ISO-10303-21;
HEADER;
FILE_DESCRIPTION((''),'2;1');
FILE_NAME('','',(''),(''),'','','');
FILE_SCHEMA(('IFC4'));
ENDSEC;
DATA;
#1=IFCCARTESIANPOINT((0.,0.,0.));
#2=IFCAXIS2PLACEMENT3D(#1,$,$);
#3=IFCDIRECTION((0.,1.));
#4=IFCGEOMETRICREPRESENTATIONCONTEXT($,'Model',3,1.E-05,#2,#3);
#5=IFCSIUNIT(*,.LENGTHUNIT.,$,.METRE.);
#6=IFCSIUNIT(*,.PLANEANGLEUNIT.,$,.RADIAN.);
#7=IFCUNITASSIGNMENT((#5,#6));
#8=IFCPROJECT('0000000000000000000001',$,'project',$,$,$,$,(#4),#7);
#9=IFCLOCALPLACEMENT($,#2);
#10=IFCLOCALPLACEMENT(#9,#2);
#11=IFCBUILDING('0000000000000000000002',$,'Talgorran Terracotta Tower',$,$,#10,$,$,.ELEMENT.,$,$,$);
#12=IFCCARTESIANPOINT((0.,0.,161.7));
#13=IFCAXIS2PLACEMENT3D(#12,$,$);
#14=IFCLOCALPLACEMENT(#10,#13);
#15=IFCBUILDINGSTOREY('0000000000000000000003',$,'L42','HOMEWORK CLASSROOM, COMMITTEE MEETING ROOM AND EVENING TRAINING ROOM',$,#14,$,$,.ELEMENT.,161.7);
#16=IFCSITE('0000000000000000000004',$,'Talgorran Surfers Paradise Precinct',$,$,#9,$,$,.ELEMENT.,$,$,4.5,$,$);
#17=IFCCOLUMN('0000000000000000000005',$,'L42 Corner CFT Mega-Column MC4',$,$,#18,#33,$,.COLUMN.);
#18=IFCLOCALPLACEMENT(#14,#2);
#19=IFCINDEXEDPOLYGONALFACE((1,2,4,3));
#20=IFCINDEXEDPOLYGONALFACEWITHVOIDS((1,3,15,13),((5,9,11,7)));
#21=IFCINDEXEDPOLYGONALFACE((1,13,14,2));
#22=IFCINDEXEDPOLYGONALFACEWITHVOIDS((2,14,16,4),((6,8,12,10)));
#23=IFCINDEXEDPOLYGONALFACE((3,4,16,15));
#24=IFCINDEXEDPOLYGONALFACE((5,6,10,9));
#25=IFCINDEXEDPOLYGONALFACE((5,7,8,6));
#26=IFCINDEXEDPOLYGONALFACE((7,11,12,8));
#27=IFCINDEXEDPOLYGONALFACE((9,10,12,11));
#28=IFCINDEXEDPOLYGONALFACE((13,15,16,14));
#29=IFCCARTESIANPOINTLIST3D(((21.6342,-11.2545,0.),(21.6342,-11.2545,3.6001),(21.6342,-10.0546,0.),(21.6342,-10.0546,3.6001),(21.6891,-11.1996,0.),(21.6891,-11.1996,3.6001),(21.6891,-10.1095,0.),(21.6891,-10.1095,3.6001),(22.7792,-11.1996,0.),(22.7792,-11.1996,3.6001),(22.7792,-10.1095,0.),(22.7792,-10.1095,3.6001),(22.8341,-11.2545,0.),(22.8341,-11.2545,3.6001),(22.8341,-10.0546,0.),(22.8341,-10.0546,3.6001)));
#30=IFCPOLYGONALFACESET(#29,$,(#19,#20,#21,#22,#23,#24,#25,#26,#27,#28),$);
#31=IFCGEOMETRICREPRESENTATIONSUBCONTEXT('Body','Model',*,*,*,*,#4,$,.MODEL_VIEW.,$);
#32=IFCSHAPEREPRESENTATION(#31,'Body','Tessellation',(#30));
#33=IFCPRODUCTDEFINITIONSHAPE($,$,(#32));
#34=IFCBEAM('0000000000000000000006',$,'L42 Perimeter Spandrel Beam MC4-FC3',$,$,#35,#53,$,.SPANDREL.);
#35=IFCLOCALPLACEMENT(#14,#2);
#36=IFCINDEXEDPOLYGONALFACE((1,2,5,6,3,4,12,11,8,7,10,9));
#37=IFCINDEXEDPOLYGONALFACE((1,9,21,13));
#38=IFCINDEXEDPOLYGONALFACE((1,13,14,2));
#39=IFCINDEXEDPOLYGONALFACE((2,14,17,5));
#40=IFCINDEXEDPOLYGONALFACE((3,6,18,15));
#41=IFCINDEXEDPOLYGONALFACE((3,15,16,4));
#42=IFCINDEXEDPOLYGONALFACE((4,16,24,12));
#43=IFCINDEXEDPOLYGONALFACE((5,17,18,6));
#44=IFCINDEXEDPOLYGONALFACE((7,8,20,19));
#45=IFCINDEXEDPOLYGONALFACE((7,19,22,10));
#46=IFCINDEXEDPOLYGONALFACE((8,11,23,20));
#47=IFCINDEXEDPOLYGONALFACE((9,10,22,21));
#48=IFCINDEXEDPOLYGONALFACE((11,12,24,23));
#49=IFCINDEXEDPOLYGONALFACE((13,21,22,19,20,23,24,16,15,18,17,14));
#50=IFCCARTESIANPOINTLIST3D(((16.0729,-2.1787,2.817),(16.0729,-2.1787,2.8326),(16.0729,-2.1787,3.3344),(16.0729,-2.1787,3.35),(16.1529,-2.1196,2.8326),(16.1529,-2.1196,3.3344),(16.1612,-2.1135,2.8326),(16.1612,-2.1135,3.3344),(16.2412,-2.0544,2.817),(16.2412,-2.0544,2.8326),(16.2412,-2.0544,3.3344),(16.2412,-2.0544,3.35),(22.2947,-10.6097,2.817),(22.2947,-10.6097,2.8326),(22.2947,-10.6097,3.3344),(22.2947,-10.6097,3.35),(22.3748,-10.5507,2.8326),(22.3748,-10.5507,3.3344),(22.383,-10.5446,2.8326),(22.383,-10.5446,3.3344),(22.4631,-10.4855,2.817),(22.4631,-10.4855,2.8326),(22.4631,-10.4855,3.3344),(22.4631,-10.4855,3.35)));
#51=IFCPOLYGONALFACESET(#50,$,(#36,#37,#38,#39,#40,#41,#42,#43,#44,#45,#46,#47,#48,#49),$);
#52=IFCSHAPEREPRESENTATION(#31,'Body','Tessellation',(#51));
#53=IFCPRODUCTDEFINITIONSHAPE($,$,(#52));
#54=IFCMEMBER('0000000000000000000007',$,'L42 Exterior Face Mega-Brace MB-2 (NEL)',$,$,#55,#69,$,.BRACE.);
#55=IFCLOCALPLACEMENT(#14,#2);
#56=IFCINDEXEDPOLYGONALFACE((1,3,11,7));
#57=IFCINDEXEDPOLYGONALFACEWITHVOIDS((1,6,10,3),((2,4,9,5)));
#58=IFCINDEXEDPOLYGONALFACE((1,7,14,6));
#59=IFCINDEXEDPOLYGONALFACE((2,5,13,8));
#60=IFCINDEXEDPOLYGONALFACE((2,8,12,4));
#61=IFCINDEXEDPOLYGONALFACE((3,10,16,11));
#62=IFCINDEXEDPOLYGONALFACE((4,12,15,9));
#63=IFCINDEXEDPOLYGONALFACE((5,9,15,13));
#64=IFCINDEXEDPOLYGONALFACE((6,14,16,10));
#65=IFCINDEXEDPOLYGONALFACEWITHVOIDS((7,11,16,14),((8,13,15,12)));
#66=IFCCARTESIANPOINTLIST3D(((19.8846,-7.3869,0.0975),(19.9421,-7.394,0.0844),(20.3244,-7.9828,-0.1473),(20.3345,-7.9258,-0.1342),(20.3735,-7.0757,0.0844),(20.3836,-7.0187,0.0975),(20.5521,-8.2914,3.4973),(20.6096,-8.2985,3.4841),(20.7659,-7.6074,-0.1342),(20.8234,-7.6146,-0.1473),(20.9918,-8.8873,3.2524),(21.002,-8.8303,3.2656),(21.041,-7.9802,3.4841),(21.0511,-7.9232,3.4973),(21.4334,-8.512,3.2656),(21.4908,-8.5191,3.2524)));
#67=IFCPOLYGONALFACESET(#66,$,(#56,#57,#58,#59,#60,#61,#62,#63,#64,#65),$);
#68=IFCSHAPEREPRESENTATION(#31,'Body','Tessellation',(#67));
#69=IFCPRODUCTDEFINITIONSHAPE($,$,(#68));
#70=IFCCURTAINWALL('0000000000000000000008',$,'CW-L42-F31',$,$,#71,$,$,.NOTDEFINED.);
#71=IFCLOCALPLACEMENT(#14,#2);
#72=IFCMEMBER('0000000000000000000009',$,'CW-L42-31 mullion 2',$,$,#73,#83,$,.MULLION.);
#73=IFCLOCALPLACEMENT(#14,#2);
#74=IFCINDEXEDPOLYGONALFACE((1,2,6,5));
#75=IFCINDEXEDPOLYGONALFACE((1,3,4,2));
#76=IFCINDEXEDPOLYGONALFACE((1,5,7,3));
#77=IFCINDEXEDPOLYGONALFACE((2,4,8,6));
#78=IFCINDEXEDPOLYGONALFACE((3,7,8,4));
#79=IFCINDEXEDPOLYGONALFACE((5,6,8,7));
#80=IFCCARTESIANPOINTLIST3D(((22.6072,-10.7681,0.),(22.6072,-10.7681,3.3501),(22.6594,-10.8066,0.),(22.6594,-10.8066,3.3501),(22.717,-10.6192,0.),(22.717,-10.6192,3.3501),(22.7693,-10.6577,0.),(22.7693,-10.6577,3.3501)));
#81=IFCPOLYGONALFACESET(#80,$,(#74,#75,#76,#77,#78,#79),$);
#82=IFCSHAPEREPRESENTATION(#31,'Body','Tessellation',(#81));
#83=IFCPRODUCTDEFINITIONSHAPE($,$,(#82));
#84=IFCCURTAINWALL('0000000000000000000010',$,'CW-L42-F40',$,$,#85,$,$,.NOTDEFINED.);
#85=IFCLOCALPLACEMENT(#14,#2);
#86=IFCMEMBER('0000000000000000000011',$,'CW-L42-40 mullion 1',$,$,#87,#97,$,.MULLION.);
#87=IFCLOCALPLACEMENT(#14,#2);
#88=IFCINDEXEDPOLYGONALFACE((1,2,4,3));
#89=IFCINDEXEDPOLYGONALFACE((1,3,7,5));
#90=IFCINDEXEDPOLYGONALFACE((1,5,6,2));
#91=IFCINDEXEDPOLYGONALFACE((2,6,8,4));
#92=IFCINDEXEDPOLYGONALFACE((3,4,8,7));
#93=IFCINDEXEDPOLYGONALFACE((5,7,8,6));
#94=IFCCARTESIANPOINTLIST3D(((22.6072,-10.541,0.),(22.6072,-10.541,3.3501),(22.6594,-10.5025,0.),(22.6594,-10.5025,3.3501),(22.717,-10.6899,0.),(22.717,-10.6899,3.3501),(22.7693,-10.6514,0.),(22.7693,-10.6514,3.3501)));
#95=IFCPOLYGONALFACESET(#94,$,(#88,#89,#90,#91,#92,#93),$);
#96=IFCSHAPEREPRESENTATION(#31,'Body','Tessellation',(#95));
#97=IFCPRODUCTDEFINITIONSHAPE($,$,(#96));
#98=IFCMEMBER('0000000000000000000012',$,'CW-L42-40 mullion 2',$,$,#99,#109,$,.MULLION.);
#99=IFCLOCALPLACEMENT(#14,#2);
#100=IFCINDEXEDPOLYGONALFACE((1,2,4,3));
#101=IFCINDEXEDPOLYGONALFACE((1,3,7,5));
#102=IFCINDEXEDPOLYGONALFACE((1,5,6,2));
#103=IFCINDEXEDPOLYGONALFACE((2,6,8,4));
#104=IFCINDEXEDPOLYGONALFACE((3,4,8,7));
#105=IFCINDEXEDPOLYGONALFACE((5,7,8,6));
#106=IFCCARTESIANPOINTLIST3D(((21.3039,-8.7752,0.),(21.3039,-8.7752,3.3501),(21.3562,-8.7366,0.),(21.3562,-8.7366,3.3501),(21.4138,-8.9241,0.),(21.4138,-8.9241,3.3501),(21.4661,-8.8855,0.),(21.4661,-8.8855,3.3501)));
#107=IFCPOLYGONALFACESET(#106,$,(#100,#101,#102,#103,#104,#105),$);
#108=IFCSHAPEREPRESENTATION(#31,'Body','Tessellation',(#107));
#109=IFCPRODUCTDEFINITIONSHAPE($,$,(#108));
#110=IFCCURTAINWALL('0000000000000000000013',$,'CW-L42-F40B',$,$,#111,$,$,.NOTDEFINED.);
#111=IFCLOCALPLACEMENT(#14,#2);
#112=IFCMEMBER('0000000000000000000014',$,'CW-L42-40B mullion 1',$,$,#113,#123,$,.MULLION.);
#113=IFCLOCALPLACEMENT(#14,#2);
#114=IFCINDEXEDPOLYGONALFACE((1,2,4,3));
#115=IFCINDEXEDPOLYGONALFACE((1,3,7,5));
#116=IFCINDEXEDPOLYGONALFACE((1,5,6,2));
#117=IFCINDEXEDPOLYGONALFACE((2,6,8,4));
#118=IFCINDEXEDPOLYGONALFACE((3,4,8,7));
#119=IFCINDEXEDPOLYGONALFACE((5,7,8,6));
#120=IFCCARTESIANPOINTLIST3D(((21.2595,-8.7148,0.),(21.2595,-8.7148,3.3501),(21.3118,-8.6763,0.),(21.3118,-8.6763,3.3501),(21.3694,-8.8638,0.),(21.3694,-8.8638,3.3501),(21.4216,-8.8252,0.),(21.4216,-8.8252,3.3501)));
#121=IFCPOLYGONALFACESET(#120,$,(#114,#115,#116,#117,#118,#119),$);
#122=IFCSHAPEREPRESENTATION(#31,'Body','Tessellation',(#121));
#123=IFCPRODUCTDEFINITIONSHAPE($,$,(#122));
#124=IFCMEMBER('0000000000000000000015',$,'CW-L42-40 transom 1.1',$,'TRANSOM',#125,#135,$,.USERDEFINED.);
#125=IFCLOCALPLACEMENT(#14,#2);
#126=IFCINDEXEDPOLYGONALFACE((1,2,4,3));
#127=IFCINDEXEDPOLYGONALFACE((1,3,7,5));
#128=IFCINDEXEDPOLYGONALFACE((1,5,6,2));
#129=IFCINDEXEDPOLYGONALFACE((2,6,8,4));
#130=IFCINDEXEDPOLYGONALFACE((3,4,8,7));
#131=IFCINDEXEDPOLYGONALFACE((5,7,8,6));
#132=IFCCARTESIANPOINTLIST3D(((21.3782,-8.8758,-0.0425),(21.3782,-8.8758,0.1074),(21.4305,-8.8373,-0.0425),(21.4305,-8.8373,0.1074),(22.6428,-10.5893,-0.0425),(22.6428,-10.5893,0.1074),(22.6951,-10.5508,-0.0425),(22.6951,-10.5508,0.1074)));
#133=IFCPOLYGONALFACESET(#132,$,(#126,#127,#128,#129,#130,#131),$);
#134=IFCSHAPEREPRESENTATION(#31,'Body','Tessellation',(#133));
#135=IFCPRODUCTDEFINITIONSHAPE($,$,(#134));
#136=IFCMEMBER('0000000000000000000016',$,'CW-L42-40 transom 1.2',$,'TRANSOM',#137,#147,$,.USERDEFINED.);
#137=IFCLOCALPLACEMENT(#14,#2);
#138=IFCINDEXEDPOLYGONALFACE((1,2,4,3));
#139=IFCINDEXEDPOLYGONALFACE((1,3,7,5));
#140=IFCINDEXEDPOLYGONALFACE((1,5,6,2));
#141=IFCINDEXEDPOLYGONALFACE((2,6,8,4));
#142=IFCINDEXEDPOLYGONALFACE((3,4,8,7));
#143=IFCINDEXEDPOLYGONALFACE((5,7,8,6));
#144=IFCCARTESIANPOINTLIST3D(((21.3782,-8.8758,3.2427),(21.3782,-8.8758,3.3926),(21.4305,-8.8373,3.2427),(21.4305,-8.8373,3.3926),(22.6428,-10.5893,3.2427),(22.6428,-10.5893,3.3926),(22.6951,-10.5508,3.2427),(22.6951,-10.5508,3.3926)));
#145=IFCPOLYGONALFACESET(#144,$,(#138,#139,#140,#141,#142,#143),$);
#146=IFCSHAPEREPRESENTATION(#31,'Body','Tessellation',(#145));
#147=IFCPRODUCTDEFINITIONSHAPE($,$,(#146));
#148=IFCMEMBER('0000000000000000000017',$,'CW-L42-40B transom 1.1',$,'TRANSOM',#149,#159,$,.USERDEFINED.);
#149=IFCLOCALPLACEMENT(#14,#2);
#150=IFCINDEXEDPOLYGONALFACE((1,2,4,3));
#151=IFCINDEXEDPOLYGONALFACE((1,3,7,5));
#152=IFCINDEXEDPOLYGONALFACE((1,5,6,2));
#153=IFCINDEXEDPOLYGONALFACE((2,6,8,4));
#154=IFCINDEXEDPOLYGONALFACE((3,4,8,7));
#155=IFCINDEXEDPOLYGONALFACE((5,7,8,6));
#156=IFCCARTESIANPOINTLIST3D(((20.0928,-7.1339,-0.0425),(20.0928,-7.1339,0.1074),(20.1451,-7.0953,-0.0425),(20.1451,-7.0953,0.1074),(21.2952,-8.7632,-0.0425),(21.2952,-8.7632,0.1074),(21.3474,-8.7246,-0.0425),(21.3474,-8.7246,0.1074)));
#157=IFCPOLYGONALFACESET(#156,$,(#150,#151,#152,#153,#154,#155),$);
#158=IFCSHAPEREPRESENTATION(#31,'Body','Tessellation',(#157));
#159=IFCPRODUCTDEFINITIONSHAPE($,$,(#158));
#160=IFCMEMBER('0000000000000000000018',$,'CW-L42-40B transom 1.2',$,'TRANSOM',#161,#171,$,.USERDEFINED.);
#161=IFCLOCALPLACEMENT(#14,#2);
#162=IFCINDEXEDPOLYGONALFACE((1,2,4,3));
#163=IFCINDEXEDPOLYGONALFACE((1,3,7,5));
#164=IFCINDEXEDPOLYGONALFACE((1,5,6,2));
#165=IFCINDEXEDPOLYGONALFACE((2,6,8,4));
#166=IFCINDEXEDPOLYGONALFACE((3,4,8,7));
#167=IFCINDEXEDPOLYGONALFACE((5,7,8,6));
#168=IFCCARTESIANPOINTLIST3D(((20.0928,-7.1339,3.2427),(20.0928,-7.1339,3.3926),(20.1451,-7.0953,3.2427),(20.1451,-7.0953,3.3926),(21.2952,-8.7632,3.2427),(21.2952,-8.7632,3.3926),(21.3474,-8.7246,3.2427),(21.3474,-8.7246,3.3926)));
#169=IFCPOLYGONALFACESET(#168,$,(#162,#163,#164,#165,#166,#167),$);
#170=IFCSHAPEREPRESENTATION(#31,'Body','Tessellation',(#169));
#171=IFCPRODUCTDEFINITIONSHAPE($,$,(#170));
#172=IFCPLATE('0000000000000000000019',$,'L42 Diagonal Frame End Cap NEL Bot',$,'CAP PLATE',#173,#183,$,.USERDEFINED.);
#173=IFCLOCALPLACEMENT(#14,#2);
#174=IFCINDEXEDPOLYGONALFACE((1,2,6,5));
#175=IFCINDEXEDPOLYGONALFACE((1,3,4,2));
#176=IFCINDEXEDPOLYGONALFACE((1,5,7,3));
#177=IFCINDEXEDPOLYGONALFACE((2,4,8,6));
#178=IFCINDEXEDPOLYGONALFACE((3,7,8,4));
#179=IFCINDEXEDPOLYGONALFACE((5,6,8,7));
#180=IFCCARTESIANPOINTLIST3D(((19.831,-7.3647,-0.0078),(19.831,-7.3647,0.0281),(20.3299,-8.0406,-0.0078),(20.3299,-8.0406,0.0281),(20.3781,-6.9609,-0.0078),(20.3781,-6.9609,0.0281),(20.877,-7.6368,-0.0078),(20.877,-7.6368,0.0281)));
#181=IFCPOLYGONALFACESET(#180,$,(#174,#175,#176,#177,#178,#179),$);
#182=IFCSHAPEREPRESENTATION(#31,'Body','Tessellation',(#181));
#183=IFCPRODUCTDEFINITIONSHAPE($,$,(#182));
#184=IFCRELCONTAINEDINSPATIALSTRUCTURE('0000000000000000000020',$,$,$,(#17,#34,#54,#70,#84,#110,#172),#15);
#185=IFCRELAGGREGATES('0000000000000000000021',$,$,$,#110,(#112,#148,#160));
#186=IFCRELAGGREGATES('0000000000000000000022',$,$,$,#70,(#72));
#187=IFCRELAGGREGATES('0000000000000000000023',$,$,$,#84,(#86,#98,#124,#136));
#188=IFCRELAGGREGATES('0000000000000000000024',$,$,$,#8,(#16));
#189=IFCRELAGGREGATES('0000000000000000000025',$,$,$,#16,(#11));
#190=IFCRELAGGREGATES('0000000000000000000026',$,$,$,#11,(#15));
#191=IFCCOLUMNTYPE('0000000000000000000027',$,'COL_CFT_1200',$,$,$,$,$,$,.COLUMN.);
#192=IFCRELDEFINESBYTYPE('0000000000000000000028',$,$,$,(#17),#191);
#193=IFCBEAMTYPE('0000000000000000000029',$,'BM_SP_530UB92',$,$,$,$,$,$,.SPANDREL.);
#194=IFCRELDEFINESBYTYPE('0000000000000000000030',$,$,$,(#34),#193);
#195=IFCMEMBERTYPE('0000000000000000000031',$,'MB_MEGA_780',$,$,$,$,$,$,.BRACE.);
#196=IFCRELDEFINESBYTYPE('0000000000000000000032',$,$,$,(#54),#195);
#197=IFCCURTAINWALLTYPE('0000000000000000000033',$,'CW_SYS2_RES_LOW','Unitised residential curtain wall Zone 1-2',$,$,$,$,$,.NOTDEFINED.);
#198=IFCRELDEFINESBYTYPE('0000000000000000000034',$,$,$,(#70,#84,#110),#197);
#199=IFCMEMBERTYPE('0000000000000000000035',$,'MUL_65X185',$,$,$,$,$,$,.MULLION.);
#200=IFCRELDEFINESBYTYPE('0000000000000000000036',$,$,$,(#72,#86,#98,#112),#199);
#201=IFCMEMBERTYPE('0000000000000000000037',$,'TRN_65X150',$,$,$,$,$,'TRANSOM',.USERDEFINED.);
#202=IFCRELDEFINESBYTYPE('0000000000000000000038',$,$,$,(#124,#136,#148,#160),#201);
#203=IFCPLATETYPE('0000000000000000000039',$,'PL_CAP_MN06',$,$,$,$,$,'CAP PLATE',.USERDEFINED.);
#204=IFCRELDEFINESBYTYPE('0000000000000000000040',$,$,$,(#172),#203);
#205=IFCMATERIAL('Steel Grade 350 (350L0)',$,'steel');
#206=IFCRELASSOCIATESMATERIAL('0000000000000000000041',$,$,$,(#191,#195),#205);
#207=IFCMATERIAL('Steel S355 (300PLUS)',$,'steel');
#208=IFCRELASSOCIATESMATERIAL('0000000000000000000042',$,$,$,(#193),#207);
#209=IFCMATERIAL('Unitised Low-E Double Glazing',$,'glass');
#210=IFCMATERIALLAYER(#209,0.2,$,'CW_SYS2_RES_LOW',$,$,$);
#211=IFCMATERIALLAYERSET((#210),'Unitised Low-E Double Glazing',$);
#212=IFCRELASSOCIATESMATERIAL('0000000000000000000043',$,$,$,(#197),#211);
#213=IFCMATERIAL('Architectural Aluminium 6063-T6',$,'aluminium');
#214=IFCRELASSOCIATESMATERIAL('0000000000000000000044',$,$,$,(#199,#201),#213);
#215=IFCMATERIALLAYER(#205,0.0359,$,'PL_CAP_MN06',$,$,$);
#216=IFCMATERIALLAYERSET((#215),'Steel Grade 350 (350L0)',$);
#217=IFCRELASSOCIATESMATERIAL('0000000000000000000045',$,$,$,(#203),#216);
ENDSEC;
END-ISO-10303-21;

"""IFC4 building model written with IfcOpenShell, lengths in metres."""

from ifc_helpers import new_model, si_unit, direction, frame, origin, origin_2d, place, context, subcontext, project, spatial, rectangle, hollow_rectangle, i_section, extrude, material, layer, layer_set, material_profile, profile_set, type_object, element, aggregate, save


model = new_model("IFC4")

# Units and contexts
model_context = context("Model", 3, precision=1e-05, world=origin(), true_north=direction((0.0, 1.0)))
body_context = subcontext(model_context, "Body", "Model", "MODEL_VIEW")
ifc_project = project(units=[si_unit("LENGTHUNIT", "METRE"), si_unit("PLANEANGLEUNIT", "RADIAN")], contexts=[model_context])

# Site, building, storey
site_placement = place(None, origin())
site = spatial("IfcSite", under=ifc_project, at=site_placement, Name="Talgorran Surfers Paradise Precinct", CompositionType="ELEMENT", RefElevation=4.5)
building_placement = place(site_placement, origin())
building = spatial("IfcBuilding", under=site, at=building_placement, Name="Talgorran Terracotta Tower", CompositionType="ELEMENT")
storey_placement = place(building_placement, frame((0.0, 0.0, 161.7)))
storey = spatial("IfcBuildingStorey", under=building, at=storey_placement, Name="L42", Description="HOMEWORK CLASSROOM, COMMITTEE MEETING ROOM AND EVENING TRAINING ROOM", CompositionType="ELEMENT", Elevation=161.7)

# Column
ifc_material_1 = material(Name="Steel Grade 350 (350L0)", Category="steel")
ifc_material_profile_1 = material_profile(ifc_material_1, hollow_rectangle(XDim=1.2, YDim=1.2, WallThickness=0.0549, at=origin_2d()), Name="CFT1200X1200X55")
ifc_profile_set_1 = profile_set([ifc_material_profile_1], Name="Steel Grade 350 (350L0)")
column_type = type_object("IfcColumnType", Name="COL_CFT_1200", PredefinedType="COLUMN", material=ifc_profile_set_1)
column_placement = place(storey_placement, frame((22.2341, -10.6545, 0.0), z_axis=(0.0, 0.0, 1.0), x_axis=(1.0, 0.0, 0.0)))
element("IfcColumn", 1, at=column_placement, inside=storey, type_object=column_type, Name="L42 Corner CFT Mega-Column MC4", PredefinedType="COLUMN", context=body_context, shape_type="SweptSolid", body=[
    extrude(hollow_rectangle(XDim=1.2, YDim=1.2, WallThickness=0.0549, at=origin_2d()), origin(), (0.0, 0.0, 1.0), 3.6001),
])

# Beam
ifc_material_2 = material(Name="Steel S355 (300PLUS)", Category="steel")
ifc_material_profile_2 = material_profile(ifc_material_2, i_section(OverallWidth=0.2092, OverallDepth=0.533, WebThickness=0.0103, FlangeThickness=0.0156, at=origin_2d()), Name="530UB92.4")
ifc_profile_set_2 = profile_set([ifc_material_profile_2], Name="Steel S355 (300PLUS)")
beam_type = type_object("IfcBeamType", Name="BM_SP_530UB92", PredefinedType="SPANDREL", material=ifc_profile_set_2)
beam_placement = place(storey_placement, frame((22.3789, -10.5476, 3.0835), z_axis=(-0.593786, 0.804623, 0.0), x_axis=(-0.804623, -0.593786, 0.0)))
element("IfcBeam", 2, at=beam_placement, inside=storey, type_object=beam_type, Name="L42 Perimeter Spandrel Beam MC4-FC3", PredefinedType="SPANDREL", context=body_context, shape_type="SweptSolid", body=[
    extrude(i_section(OverallWidth=0.2092, OverallDepth=0.533, WebThickness=0.0103, FlangeThickness=0.0156, at=origin_2d()), origin(), (0.0, 0.0, 1.0), 10.4783),
])

# Member
ifc_material_profile_3 = material_profile(ifc_material_1, hollow_rectangle(XDim=0.6201, YDim=0.78, WallThickness=0.042, at=origin_2d()), Name="WBOX780X620X42")
ifc_profile_set_3 = profile_set([ifc_material_profile_3], Name="Steel Grade 350 (350L0)")
member_type_1 = type_object("IfcMemberType", Name="MB_MEGA_780", PredefinedType="BRACE", material=ifc_profile_set_3)
member_1_placement = place(storey_placement, frame((20.354, -7.5007, -0.0249), z_axis=(0.186399, -0.252599, 0.949447), x_axis=(0.804641, 0.593762, 0.0)))
element("IfcMember", 3, at=member_1_placement, inside=storey, type_object=member_type_1, Name="L42 Exterior Face Mega-Brace MB-2 (NEL)", PredefinedType="BRACE", context=body_context, shape_type="SweptSolid", body=[
    extrude(hollow_rectangle(XDim=0.6201, YDim=0.78, WallThickness=0.042, at=origin_2d()), origin(), (0.0, 0.0, 1.0), 3.5808),
])

# Curtain wall, member
ifc_material_3 = material(Name="Unitised Low-E Double Glazing", Category="glass")
ifc_layer_1 = layer(ifc_material_3, 0.2, Name="CW_SYS2_RES_LOW")
ifc_layer_set_1 = layer_set([ifc_layer_1], Name="Unitised Low-E Double Glazing")
curtain_wall_type = type_object("IfcCurtainWallType", Name="CW_SYS2_RES_LOW", Description="Unitised residential curtain wall Zone 1-2", PredefinedType="NOTDEFINED", material=ifc_layer_set_1)
curtain_wall_1_placement = place(storey_placement, origin())
curtain_wall_1 = element("IfcCurtainWall", 4, at=curtain_wall_1_placement, inside=storey, type_object=curtain_wall_type, Name="CW-L42-F31", PredefinedType="NOTDEFINED")
ifc_material_4 = material(Name="Architectural Aluminium 6063-T6", Category="aluminium")
ifc_material_profile_4 = material_profile(ifc_material_4, rectangle(XDim=0.0649, YDim=0.1851, at=origin_2d()), Name="CWM65X185")
ifc_profile_set_4 = profile_set([ifc_material_profile_4], Name="Architectural Aluminium 6063-T6")
member_type_2 = type_object("IfcMemberType", Name="MUL_65X185", PredefinedType="MULLION", material=ifc_profile_set_4)
member_2_placement = place(storey_placement, frame((22.6882, -10.7129, 0.0), z_axis=(0.0, 0.0, 1.0), x_axis=(-0.804621, 0.593789, 0.0)))
member_2 = element("IfcMember", 5, at=member_2_placement, type_object=member_type_2, Name="CW-L42-31 mullion 2", PredefinedType="MULLION", context=body_context, shape_type="SweptSolid", body=[
    extrude(rectangle(XDim=0.0649, YDim=0.1851, at=origin_2d()), origin(), (0.0, 0.0, 1.0), 3.3501),
])

# Curtain wall, members
curtain_wall_2_placement = place(storey_placement, origin())
curtain_wall_2 = element("IfcCurtainWall", 6, at=curtain_wall_2_placement, inside=storey, type_object=curtain_wall_type, Name="CW-L42-F40", PredefinedType="NOTDEFINED")
member_3_placement = place(storey_placement, frame((22.6882, -10.5962, 0.0), z_axis=(0.0, 0.0, 1.0), x_axis=(-0.804617, -0.593794, 0.0)))
member_3 = element("IfcMember", 7, at=member_3_placement, type_object=member_type_2, Name="CW-L42-40 mullion 1", PredefinedType="MULLION", context=body_context, shape_type="SweptSolid", body=[
    extrude(rectangle(XDim=0.0649, YDim=0.1851, at=origin_2d()), origin(), (0.0, 0.0, 1.0), 3.3501),
])
member_4_placement = place(storey_placement, frame((21.385, -8.8303, 0.0), z_axis=(0.0, 0.0, 1.0), x_axis=(-0.804617, -0.593794, 0.0)))
member_4 = element("IfcMember", 8, at=member_4_placement, type_object=member_type_2, Name="CW-L42-40 mullion 2", PredefinedType="MULLION", context=body_context, shape_type="SweptSolid", body=[
    extrude(rectangle(XDim=0.0649, YDim=0.1851, at=origin_2d()), origin(), (0.0, 0.0, 1.0), 3.3501),
])

# Curtain wall, member
curtain_wall_3_placement = place(storey_placement, origin())
curtain_wall_3 = element("IfcCurtainWall", 9, at=curtain_wall_3_placement, inside=storey, type_object=curtain_wall_type, Name="CW-L42-F40B", PredefinedType="NOTDEFINED")
member_5_placement = place(storey_placement, frame((21.3406, -8.77, 0.0), z_axis=(0.0, 0.0, 1.0), x_axis=(-0.804621, -0.593789, 0.0)))
member_5 = element("IfcMember", 10, at=member_5_placement, type_object=member_type_2, Name="CW-L42-40B mullion 1", PredefinedType="MULLION", context=body_context, shape_type="SweptSolid", body=[
    extrude(rectangle(XDim=0.0649, YDim=0.1851, at=origin_2d()), origin(), (0.0, 0.0, 1.0), 3.3501),
])

# Members
ifc_material_profile_5 = material_profile(ifc_material_4, rectangle(XDim=0.0649, YDim=0.1499, at=origin_2d()), Name="CWT65X150")
ifc_profile_set_5 = profile_set([ifc_material_profile_5], Name="Architectural Aluminium 6063-T6")
member_type_3 = type_object("IfcMemberType", Name="TRN_65X150", ElementType="TRANSOM", PredefinedType="USERDEFINED", material=ifc_profile_set_5)
member_6_placement = place(storey_placement, frame((22.6689, -10.5701, 0.0325), z_axis=(-0.593801, 0.804612, 0.0), x_axis=(-0.804612, -0.593801, 0.0)))
member_6 = element("IfcMember", 11, at=member_6_placement, type_object=member_type_3, Name="CW-L42-40 transom 1.1", ObjectType="TRANSOM", PredefinedType="USERDEFINED", context=body_context, shape_type="SweptSolid", body=[
    extrude(rectangle(XDim=0.0649, YDim=0.1499, at=origin_2d()), origin(), (0.0, 0.0, 1.0), 2.1296),
])
member_7_placement = place(storey_placement, frame((22.6689, -10.5701, 3.3176), z_axis=(-0.593801, 0.804612, 0.0), x_axis=(-0.804612, -0.593801, 0.0)))
member_7 = element("IfcMember", 12, at=member_7_placement, type_object=member_type_3, Name="CW-L42-40 transom 1.2", ObjectType="TRANSOM", PredefinedType="USERDEFINED", context=body_context, shape_type="SweptSolid", body=[
    extrude(rectangle(XDim=0.0649, YDim=0.1499, at=origin_2d()), origin(), (0.0, 0.0, 1.0), 2.1296),
])
member_8_placement = place(storey_placement, frame((21.3213, -8.7439, 0.0325), z_axis=(-0.593771, 0.804634, 0.0), x_axis=(-0.804634, -0.593771, 0.0)))
member_8 = element("IfcMember", 13, at=member_8_placement, type_object=member_type_3, Name="CW-L42-40B transom 1.1", ObjectType="TRANSOM", PredefinedType="USERDEFINED", context=body_context, shape_type="SweptSolid", body=[
    extrude(rectangle(XDim=0.0649, YDim=0.1499, at=origin_2d()), origin(), (0.0, 0.0, 1.0), 2.0249),
])
member_9_placement = place(storey_placement, frame((21.3213, -8.7439, 3.3176), z_axis=(-0.593771, 0.804634, 0.0), x_axis=(-0.804634, -0.593771, 0.0)))
member_9 = element("IfcMember", 14, at=member_9_placement, type_object=member_type_3, Name="CW-L42-40B transom 1.2", ObjectType="TRANSOM", PredefinedType="USERDEFINED", context=body_context, shape_type="SweptSolid", body=[
    extrude(rectangle(XDim=0.0649, YDim=0.1499, at=origin_2d()), origin(), (0.0, 0.0, 1.0), 2.0249),
])

# Plate
ifc_layer_2 = layer(ifc_material_1, 0.0359, Name="PL_CAP_MN06")
ifc_layer_set_2 = layer_set([ifc_layer_2], Name="Steel Grade 350 (350L0)")
plate_type_1 = type_object("IfcPlateType", Name="PL_CAP_MN06", ElementType="CAP PLATE", PredefinedType="USERDEFINED", material=ifc_layer_set_2)
for number, where, z_axis, x_axis, name in (
    (15, (20.354, -7.5007, -0.0078), (0.0, 0.0, 1.0), (0.59384, -0.804583, 0.0), "L42 Diagonal Frame End Cap NEL Bot"),
):
    element("IfcPlate", number, at=place(storey_placement, frame(where, z_axis=z_axis, x_axis=x_axis)), inside=storey, type_object=plate_type_1, Name=name, ObjectType="CAP PLATE", PredefinedType="USERDEFINED", context=body_context, shape_type="SweptSolid", body=[
        extrude(rectangle(XDim=0.8401, YDim=0.6799, at=origin_2d()), origin(), (0.0, 0.0, 1.0), 0.0359),
    ])

aggregate(curtain_wall_3, [member_5, member_8, member_9])
aggregate(curtain_wall_1, [member_2])
aggregate(curtain_wall_2, [member_3, member_4, member_6, member_7])

save(model, "model.ifc")
